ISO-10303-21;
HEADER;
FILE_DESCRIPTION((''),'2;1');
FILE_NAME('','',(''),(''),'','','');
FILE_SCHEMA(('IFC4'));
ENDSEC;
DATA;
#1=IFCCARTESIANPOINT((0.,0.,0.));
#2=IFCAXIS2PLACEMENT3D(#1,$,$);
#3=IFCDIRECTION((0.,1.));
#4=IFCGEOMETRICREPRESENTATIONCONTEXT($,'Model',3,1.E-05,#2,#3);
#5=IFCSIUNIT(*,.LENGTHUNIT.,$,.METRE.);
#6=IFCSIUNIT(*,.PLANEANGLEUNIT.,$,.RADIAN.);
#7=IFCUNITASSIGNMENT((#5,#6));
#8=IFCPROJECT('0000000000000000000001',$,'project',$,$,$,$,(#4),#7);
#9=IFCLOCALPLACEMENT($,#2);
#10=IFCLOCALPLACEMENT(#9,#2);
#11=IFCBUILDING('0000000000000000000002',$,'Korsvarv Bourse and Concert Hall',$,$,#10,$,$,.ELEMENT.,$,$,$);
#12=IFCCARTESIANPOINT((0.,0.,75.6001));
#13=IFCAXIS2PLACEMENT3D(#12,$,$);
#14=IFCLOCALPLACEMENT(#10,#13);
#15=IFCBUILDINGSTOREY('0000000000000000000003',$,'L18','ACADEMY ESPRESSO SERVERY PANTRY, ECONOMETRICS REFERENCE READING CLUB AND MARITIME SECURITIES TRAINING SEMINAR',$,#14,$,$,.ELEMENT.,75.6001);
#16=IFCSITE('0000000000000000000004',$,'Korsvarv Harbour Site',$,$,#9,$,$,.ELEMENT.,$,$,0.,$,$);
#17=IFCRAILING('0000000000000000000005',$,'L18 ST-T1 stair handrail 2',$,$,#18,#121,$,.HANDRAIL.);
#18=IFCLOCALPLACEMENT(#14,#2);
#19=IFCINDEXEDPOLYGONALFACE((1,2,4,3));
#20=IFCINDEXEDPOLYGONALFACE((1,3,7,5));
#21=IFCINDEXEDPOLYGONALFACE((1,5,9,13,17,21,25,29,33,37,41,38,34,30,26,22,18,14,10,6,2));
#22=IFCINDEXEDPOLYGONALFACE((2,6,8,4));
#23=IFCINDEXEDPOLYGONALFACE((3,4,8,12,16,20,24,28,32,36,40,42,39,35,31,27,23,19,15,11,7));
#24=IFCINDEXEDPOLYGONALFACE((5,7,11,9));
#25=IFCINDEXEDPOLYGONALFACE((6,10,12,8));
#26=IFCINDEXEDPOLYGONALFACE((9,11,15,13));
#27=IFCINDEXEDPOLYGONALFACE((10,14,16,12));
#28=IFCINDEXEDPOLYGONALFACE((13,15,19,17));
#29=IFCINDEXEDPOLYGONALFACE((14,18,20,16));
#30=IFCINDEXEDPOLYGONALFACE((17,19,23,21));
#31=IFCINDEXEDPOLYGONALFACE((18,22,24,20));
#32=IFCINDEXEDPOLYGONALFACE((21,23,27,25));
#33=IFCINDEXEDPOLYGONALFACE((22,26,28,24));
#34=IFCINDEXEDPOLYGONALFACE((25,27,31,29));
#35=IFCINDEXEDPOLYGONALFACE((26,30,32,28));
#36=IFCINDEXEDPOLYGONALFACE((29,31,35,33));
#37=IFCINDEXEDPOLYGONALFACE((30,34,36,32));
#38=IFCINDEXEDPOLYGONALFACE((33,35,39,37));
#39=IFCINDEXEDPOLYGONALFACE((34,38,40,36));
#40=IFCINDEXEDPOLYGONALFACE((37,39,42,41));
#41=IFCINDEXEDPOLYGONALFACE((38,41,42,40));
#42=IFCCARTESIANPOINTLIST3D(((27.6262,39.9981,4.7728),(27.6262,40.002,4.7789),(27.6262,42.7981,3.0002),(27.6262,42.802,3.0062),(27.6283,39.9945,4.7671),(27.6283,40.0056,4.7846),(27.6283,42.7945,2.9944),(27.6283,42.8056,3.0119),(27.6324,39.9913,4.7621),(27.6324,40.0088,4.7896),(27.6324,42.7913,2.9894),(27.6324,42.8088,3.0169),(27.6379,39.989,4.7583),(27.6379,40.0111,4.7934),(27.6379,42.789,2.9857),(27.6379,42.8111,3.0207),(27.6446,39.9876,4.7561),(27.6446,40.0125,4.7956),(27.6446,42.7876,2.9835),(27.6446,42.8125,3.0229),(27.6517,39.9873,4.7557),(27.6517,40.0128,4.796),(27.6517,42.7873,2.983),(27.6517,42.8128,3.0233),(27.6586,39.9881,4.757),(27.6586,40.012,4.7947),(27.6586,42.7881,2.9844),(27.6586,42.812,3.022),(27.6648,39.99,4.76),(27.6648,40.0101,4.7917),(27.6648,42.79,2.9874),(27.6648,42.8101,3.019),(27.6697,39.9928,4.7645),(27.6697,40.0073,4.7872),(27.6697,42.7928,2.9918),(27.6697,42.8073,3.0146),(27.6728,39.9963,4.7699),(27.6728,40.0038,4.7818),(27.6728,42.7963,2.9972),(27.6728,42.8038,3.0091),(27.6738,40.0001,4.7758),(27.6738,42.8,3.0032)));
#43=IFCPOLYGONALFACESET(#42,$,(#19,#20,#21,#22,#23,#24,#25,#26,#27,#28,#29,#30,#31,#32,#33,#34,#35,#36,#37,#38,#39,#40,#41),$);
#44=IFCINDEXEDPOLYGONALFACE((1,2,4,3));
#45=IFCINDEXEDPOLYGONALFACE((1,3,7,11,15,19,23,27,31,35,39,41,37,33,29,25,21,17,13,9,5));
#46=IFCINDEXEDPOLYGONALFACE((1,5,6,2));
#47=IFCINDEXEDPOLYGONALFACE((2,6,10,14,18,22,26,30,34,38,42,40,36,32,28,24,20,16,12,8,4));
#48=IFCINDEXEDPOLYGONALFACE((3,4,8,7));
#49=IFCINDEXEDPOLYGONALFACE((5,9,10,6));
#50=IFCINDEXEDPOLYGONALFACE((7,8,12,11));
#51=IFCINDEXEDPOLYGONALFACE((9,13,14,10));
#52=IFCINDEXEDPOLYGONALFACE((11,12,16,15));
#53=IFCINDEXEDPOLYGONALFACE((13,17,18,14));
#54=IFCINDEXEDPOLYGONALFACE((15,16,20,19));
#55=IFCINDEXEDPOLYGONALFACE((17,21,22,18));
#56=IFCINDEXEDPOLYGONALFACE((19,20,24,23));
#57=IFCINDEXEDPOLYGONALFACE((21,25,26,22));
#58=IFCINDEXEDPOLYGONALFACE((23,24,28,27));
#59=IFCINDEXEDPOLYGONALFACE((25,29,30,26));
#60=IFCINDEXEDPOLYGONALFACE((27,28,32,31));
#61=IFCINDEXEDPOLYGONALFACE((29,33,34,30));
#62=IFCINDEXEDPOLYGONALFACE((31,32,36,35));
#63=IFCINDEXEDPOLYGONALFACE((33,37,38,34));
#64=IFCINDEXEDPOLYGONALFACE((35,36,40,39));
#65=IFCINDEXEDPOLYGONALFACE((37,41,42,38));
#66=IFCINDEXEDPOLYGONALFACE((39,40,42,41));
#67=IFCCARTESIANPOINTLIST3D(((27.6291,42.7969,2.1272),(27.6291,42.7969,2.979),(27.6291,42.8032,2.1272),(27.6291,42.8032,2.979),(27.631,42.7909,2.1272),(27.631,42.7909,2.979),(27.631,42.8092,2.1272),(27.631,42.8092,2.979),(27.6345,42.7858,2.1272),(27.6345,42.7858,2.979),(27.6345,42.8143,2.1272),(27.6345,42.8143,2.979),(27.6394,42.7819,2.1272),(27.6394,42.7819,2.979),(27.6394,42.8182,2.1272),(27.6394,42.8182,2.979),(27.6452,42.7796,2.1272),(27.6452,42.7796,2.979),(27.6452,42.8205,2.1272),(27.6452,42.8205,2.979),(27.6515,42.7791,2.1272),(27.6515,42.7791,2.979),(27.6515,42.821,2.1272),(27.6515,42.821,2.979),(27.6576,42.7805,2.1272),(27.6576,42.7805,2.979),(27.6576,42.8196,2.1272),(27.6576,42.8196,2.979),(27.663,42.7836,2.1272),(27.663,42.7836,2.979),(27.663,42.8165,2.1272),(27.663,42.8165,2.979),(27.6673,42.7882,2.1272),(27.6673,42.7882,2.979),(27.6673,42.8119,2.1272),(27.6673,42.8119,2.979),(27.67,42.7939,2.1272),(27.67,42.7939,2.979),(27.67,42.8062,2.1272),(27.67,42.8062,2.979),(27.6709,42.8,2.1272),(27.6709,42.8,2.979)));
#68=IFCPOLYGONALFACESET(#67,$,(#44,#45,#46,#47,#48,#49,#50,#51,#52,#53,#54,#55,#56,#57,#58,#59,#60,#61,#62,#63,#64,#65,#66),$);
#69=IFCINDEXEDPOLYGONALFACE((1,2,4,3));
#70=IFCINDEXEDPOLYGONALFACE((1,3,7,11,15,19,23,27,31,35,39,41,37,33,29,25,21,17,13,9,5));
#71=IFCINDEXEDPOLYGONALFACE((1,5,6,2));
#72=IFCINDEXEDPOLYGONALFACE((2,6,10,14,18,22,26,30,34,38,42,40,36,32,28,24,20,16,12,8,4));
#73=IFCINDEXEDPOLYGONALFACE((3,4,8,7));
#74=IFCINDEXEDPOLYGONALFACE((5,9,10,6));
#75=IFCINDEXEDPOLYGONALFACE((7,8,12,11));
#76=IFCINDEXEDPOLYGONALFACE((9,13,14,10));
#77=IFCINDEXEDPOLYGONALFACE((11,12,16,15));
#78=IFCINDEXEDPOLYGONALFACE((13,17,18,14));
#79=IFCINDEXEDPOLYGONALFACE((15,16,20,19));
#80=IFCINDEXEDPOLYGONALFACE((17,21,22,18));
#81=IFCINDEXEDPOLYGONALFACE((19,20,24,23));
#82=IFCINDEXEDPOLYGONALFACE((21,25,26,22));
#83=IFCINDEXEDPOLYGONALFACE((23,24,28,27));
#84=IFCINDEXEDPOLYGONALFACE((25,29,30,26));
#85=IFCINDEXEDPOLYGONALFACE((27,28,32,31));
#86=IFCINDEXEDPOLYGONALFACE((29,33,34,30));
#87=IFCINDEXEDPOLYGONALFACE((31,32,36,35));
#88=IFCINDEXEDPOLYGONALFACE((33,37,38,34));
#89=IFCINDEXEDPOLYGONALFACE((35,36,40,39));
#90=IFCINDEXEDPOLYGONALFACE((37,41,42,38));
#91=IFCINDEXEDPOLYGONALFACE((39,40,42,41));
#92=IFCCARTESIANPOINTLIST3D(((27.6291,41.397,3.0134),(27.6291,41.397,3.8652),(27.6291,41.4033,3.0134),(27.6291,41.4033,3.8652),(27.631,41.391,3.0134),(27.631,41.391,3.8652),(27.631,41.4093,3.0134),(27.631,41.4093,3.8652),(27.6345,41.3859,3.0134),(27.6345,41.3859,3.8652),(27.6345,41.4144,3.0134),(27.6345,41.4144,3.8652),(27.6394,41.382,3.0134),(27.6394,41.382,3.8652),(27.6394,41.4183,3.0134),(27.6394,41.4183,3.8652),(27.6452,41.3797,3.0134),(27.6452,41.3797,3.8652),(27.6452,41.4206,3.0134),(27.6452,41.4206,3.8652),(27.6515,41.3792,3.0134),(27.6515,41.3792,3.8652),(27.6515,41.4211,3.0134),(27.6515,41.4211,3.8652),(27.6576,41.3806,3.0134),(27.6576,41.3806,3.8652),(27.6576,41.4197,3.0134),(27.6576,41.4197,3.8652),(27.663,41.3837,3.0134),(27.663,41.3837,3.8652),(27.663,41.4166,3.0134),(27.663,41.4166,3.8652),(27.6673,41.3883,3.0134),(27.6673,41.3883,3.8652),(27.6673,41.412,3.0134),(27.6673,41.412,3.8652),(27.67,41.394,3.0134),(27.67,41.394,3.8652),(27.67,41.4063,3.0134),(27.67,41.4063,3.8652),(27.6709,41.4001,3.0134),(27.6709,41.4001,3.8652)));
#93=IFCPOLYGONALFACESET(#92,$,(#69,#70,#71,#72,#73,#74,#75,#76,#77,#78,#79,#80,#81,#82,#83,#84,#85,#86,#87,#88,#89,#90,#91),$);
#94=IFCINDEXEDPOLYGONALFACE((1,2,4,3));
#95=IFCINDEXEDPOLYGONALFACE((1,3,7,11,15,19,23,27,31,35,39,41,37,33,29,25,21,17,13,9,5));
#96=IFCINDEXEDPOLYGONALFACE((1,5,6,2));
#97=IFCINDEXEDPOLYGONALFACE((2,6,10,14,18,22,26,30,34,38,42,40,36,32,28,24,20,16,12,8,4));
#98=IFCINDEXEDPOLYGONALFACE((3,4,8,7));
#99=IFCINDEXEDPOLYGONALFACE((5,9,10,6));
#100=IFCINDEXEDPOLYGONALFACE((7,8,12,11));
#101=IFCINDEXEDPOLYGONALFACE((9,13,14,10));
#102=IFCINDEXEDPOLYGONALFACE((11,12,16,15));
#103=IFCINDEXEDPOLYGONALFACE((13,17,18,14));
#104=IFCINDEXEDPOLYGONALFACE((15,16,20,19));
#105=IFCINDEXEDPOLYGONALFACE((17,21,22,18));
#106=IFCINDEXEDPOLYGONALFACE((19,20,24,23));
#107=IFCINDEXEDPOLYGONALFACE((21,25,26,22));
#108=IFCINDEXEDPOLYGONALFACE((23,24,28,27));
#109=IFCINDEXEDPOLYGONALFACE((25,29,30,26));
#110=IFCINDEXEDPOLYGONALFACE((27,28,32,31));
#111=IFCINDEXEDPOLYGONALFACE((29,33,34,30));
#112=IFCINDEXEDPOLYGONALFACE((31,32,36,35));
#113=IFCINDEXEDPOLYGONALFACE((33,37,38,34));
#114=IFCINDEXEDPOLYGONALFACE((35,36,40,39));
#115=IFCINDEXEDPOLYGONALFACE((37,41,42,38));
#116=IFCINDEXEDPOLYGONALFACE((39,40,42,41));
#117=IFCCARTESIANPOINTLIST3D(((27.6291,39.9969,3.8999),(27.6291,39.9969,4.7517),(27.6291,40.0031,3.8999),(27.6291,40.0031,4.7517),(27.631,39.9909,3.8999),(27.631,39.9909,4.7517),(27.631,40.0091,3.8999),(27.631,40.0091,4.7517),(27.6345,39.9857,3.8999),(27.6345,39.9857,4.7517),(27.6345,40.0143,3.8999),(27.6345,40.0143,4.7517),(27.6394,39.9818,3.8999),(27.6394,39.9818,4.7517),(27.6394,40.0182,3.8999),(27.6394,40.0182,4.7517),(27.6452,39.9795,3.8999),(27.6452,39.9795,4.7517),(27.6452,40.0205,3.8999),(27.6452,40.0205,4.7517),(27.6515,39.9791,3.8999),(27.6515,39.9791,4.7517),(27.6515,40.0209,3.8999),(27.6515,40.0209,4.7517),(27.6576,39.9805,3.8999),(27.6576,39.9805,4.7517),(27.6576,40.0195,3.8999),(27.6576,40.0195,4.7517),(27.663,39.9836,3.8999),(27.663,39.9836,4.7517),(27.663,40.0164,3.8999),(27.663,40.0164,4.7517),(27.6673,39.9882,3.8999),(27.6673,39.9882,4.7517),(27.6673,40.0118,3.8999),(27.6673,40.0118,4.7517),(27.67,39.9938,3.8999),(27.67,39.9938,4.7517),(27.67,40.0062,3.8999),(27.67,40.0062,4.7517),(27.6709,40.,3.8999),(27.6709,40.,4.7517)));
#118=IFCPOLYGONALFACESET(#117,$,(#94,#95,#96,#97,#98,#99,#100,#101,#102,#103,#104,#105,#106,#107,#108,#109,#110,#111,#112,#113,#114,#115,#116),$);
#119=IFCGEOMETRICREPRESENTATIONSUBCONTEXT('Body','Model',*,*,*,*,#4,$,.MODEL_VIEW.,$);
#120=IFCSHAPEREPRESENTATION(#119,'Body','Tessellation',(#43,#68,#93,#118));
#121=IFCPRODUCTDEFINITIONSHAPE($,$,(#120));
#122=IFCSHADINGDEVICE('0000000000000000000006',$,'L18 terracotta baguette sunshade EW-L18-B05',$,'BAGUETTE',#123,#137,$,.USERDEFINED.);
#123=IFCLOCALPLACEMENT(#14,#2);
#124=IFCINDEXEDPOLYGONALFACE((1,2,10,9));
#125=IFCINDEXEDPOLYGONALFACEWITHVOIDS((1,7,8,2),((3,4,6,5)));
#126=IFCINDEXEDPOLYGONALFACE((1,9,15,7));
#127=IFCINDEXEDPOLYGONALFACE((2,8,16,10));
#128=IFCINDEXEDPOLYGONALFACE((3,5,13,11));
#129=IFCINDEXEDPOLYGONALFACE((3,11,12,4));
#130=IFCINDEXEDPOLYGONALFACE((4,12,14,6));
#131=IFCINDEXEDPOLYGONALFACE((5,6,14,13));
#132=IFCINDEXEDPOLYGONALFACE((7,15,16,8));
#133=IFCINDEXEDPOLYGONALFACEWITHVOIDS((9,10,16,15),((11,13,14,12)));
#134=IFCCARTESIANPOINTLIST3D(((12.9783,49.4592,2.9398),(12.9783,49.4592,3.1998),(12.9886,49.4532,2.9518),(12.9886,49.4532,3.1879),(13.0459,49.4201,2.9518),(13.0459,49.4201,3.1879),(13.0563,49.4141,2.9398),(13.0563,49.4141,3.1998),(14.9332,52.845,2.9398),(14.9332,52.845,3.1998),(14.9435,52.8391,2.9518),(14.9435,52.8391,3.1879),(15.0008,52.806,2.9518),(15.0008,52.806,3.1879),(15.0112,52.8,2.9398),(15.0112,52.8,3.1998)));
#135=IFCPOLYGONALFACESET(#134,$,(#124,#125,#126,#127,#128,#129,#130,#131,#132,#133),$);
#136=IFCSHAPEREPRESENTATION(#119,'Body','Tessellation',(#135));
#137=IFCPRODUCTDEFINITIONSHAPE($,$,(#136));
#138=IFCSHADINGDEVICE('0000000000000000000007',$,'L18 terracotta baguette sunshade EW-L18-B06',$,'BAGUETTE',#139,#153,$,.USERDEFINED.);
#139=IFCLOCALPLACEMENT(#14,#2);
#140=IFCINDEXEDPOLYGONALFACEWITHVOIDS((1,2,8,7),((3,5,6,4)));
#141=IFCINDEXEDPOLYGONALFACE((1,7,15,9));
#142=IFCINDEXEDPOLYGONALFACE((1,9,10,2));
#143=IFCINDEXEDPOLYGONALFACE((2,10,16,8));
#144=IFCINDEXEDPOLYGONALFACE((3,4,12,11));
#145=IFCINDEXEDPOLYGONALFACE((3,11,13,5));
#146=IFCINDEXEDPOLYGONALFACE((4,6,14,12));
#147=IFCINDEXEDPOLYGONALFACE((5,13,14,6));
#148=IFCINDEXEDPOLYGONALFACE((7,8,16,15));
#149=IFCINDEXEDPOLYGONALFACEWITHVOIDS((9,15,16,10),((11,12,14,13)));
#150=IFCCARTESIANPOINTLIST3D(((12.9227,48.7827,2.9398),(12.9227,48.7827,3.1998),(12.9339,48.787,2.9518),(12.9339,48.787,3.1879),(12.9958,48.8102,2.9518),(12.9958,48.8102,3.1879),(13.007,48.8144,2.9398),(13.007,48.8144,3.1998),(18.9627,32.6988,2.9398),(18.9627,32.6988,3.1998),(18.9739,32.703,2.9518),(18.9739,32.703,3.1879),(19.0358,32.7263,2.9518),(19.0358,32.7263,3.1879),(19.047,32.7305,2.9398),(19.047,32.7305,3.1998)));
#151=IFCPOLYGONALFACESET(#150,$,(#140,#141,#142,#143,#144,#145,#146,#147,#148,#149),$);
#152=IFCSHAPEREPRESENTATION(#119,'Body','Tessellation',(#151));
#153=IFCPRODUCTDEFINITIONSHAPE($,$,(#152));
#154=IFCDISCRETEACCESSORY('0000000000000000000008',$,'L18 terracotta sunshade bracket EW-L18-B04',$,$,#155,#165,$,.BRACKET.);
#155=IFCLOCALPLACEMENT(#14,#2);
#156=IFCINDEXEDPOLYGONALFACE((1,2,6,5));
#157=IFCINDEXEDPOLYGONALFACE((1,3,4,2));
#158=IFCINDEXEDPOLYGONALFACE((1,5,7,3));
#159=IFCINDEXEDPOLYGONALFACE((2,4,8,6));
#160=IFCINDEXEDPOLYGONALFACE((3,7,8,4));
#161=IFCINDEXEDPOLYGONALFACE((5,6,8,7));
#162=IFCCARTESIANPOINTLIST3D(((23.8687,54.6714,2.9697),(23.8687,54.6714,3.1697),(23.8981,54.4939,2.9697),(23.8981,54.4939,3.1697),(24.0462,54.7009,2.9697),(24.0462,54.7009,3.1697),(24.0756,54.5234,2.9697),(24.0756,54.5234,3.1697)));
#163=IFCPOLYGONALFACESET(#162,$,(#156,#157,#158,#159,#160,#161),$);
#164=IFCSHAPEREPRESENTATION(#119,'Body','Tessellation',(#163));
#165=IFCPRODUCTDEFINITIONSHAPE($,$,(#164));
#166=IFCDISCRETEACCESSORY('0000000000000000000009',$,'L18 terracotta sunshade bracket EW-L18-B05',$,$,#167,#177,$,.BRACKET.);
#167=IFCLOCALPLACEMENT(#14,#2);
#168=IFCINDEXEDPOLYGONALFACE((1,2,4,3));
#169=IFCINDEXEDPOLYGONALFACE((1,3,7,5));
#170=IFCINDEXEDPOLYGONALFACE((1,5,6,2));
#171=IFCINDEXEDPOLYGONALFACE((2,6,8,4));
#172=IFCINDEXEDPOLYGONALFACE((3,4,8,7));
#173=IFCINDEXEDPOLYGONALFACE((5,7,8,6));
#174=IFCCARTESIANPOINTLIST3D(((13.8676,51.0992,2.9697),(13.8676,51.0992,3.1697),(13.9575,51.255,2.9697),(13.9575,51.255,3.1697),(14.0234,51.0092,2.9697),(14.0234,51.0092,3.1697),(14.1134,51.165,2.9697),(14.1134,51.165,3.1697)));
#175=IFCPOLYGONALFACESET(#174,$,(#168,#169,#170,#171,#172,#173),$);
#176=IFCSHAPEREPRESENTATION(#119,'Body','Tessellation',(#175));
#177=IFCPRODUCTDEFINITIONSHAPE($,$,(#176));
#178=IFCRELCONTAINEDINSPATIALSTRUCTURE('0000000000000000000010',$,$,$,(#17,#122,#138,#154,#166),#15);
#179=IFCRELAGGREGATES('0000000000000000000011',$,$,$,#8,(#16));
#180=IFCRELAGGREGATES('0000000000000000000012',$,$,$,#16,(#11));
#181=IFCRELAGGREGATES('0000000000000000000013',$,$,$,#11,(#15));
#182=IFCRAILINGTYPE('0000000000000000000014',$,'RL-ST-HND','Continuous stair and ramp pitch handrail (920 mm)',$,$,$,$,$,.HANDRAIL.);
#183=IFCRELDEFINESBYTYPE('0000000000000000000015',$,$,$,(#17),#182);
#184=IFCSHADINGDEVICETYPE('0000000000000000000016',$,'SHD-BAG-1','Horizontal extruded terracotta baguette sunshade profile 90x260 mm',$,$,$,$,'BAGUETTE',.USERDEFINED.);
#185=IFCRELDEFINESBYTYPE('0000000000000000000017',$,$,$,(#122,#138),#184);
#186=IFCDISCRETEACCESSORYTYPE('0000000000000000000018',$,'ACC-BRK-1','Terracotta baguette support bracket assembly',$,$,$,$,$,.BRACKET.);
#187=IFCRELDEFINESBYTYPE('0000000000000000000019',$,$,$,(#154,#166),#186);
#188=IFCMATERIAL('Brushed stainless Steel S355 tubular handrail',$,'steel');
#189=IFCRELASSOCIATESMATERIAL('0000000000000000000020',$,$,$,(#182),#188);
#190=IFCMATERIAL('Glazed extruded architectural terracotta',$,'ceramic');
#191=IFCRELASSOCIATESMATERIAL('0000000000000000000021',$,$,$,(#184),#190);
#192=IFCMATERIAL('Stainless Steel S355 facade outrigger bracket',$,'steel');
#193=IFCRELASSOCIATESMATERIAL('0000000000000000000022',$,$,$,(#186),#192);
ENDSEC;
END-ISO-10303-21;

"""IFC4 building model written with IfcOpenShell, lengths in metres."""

from ifc_helpers import new_model, si_unit, direction, frame, origin, origin_2d, place, context, subcontext, project, spatial, rectangle, hollow_rectangle, circle, extrude, source, transform, mapped, material, material_profile, profile_set, type_object, element, save


model = new_model("IFC4")

# Units and contexts
model_context = context("Model", 3, precision=1e-05, world=origin(), true_north=direction((0.0, 1.0)))
body_context = subcontext(model_context, "Body", "Model", "MODEL_VIEW")
ifc_project = project(units=[si_unit("LENGTHUNIT", "METRE"), si_unit("PLANEANGLEUNIT", "RADIAN")], contexts=[model_context])

# Site, building, storey
site_placement = place(None, origin())
site = spatial("IfcSite", under=ifc_project, at=site_placement, Name="Korsvarv Harbour Site", CompositionType="ELEMENT", RefElevation=0.0)
building_placement = place(site_placement, origin())
building = spatial("IfcBuilding", under=site, at=building_placement, Name="Korsvarv Bourse and Concert Hall", CompositionType="ELEMENT")
storey_placement = place(building_placement, frame((0.0, 0.0, 75.6001)))
storey = spatial("IfcBuildingStorey", under=building, at=storey_placement, Name="L18", Description="ACADEMY ESPRESSO SERVERY PANTRY, ECONOMETRICS REFERENCE READING CLUB AND MARITIME SECURITIES TRAINING SEMINAR", CompositionType="ELEMENT", Elevation=75.6001)

# Railing
ifc_material_1 = material(Name="Brushed stainless Steel S355 tubular handrail", Category="steel")
railing_type = type_object("IfcRailingType", Name="RL-ST-HND", Description="Continuous stair and ramp pitch handrail (920 mm)", PredefinedType="HANDRAIL", material=ifc_material_1)
railing_placement = place(storey_placement, frame((27.6499, 42.8, 2.1272)))
element("IfcRailing", 1, at=railing_placement, inside=storey, type_object=railing_type, Name="L18 ST-T1 stair handrail 2", PredefinedType="HANDRAIL", context=body_context, shape_type="SweptSolid", body=[
    extrude(circle(Radius=0.0239, at=origin_2d()), frame((0.0, 0.0, 0.876), z_axis=(0.0, -0.844909, 0.53491), x_axis=(1.0, 0.0, 0.0)), (0.0, 0.0, 1.0), 3.314),
    extrude(circle(Radius=0.021, at=origin_2d()), origin(), (0.0, 0.0, 1.0), 0.8518),
    extrude(circle(Radius=0.021, at=origin_2d()), frame((0.0, -1.3999, 0.8862)), (0.0, 0.0, 1.0), 0.8518),
    extrude(circle(Radius=0.021, at=origin_2d()), frame((0.0, -2.8, 1.7727)), (0.0, 0.0, 1.0), 0.8518),
])

# Shading devices
ifc_material_2 = material(Name="Glazed extruded architectural terracotta", Category="ceramic")
ifc_material_profile_1 = material_profile(ifc_material_2, hollow_rectangle(XDim=0.0901, YDim=0.26, WallThickness=0.012, at=origin_2d()), Name="TC-BAG 90x260")
ifc_profile_set_1 = profile_set([ifc_material_profile_1], Name="Glazed extruded architectural terracotta")
shading_device_type = type_object("IfcShadingDeviceType", Name="SHD-BAG-1", Description="Horizontal extruded terracotta baguette sunshade profile 90x260 mm", ElementType="BAGUETTE", PredefinedType="USERDEFINED", material=ifc_profile_set_1)
shared_shape_1 = source(origin(), body_context, "Body", "SweptSolid", [
    extrude(hollow_rectangle(XDim=0.0901, YDim=0.26, WallThickness=0.012, at=origin_2d()), origin(), (0.0, 0.0, 1.0), 3.9097),
])
shading_device_1_placement = place(storey_placement, frame((14.9722, 52.8225, 3.0698), z_axis=(-0.500014, -0.866017, 0.0), x_axis=(0.866017, -0.500014, 0.0)))
element("IfcShadingDevice", 2, at=shading_device_1_placement, inside=storey, type_object=shading_device_type, Name="L18 terracotta baguette sunshade EW-L18-B05", ObjectType="BAGUETTE", PredefinedType="USERDEFINED", context=body_context, shape_type="MappedRepresentation", body=[
    mapped(shared_shape_1, transform((0.0, 0.0, 0.0), scale=1.0)),
])
shared_shape_2 = source(origin(), body_context, "Body", "SweptSolid", [
    extrude(hollow_rectangle(XDim=0.0901, YDim=0.26, WallThickness=0.012, at=origin_2d()), origin(), (0.0, 0.0, 1.0), 17.1807),
])
shading_device_2_placement = place(storey_placement, frame((12.9648, 48.7986, 3.0698), z_axis=(0.351559, -0.936166, 0.0), x_axis=(0.936166, 0.351559, 0.0)))
element("IfcShadingDevice", 3, at=shading_device_2_placement, inside=storey, type_object=shading_device_type, Name="L18 terracotta baguette sunshade EW-L18-B06", ObjectType="BAGUETTE", PredefinedType="USERDEFINED", context=body_context, shape_type="MappedRepresentation", body=[
    mapped(shared_shape_2, transform((0.0, 0.0, 0.0), scale=1.0)),
])

# Discrete accessories
ifc_material_3 = material(Name="Stainless Steel S355 facade outrigger bracket", Category="steel")
discrete_accessory_type = type_object("IfcDiscreteAccessoryType", Name="ACC-BRK-1", Description="Terracotta baguette support bracket assembly", PredefinedType="BRACKET", material=ifc_material_3)
shared_shape_3 = source(origin(), body_context, "Body", "SweptSolid", [
    extrude(rectangle(XDim=0.1799, YDim=0.1799, at=origin_2d()), origin(), (0.0, 0.0, 1.0), 0.2),
])
for number, where, z_axis, x_axis, name in (
    (4, (23.9722, 54.5974, 2.9697), (0.0, 0.0, 1.0), (-0.986515, -0.16367, 0.0), "L18 terracotta sunshade bracket EW-L18-B04"),
    (5, (13.9905, 51.1321, 2.9697), (0.0, 0.0, 1.0), (-0.5, -0.866025, 0.0), "L18 terracotta sunshade bracket EW-L18-B05"),
):
    element("IfcDiscreteAccessory", number, at=place(storey_placement, frame(where, z_axis=z_axis, x_axis=x_axis)), inside=storey, type_object=discrete_accessory_type, Name=name, PredefinedType="BRACKET", context=body_context, shape_type="MappedRepresentation", body=[
        mapped(shared_shape_3, transform((0.0, 0.0, 0.0), scale=1.0)),
    ])

save(model, "model.ifc")
